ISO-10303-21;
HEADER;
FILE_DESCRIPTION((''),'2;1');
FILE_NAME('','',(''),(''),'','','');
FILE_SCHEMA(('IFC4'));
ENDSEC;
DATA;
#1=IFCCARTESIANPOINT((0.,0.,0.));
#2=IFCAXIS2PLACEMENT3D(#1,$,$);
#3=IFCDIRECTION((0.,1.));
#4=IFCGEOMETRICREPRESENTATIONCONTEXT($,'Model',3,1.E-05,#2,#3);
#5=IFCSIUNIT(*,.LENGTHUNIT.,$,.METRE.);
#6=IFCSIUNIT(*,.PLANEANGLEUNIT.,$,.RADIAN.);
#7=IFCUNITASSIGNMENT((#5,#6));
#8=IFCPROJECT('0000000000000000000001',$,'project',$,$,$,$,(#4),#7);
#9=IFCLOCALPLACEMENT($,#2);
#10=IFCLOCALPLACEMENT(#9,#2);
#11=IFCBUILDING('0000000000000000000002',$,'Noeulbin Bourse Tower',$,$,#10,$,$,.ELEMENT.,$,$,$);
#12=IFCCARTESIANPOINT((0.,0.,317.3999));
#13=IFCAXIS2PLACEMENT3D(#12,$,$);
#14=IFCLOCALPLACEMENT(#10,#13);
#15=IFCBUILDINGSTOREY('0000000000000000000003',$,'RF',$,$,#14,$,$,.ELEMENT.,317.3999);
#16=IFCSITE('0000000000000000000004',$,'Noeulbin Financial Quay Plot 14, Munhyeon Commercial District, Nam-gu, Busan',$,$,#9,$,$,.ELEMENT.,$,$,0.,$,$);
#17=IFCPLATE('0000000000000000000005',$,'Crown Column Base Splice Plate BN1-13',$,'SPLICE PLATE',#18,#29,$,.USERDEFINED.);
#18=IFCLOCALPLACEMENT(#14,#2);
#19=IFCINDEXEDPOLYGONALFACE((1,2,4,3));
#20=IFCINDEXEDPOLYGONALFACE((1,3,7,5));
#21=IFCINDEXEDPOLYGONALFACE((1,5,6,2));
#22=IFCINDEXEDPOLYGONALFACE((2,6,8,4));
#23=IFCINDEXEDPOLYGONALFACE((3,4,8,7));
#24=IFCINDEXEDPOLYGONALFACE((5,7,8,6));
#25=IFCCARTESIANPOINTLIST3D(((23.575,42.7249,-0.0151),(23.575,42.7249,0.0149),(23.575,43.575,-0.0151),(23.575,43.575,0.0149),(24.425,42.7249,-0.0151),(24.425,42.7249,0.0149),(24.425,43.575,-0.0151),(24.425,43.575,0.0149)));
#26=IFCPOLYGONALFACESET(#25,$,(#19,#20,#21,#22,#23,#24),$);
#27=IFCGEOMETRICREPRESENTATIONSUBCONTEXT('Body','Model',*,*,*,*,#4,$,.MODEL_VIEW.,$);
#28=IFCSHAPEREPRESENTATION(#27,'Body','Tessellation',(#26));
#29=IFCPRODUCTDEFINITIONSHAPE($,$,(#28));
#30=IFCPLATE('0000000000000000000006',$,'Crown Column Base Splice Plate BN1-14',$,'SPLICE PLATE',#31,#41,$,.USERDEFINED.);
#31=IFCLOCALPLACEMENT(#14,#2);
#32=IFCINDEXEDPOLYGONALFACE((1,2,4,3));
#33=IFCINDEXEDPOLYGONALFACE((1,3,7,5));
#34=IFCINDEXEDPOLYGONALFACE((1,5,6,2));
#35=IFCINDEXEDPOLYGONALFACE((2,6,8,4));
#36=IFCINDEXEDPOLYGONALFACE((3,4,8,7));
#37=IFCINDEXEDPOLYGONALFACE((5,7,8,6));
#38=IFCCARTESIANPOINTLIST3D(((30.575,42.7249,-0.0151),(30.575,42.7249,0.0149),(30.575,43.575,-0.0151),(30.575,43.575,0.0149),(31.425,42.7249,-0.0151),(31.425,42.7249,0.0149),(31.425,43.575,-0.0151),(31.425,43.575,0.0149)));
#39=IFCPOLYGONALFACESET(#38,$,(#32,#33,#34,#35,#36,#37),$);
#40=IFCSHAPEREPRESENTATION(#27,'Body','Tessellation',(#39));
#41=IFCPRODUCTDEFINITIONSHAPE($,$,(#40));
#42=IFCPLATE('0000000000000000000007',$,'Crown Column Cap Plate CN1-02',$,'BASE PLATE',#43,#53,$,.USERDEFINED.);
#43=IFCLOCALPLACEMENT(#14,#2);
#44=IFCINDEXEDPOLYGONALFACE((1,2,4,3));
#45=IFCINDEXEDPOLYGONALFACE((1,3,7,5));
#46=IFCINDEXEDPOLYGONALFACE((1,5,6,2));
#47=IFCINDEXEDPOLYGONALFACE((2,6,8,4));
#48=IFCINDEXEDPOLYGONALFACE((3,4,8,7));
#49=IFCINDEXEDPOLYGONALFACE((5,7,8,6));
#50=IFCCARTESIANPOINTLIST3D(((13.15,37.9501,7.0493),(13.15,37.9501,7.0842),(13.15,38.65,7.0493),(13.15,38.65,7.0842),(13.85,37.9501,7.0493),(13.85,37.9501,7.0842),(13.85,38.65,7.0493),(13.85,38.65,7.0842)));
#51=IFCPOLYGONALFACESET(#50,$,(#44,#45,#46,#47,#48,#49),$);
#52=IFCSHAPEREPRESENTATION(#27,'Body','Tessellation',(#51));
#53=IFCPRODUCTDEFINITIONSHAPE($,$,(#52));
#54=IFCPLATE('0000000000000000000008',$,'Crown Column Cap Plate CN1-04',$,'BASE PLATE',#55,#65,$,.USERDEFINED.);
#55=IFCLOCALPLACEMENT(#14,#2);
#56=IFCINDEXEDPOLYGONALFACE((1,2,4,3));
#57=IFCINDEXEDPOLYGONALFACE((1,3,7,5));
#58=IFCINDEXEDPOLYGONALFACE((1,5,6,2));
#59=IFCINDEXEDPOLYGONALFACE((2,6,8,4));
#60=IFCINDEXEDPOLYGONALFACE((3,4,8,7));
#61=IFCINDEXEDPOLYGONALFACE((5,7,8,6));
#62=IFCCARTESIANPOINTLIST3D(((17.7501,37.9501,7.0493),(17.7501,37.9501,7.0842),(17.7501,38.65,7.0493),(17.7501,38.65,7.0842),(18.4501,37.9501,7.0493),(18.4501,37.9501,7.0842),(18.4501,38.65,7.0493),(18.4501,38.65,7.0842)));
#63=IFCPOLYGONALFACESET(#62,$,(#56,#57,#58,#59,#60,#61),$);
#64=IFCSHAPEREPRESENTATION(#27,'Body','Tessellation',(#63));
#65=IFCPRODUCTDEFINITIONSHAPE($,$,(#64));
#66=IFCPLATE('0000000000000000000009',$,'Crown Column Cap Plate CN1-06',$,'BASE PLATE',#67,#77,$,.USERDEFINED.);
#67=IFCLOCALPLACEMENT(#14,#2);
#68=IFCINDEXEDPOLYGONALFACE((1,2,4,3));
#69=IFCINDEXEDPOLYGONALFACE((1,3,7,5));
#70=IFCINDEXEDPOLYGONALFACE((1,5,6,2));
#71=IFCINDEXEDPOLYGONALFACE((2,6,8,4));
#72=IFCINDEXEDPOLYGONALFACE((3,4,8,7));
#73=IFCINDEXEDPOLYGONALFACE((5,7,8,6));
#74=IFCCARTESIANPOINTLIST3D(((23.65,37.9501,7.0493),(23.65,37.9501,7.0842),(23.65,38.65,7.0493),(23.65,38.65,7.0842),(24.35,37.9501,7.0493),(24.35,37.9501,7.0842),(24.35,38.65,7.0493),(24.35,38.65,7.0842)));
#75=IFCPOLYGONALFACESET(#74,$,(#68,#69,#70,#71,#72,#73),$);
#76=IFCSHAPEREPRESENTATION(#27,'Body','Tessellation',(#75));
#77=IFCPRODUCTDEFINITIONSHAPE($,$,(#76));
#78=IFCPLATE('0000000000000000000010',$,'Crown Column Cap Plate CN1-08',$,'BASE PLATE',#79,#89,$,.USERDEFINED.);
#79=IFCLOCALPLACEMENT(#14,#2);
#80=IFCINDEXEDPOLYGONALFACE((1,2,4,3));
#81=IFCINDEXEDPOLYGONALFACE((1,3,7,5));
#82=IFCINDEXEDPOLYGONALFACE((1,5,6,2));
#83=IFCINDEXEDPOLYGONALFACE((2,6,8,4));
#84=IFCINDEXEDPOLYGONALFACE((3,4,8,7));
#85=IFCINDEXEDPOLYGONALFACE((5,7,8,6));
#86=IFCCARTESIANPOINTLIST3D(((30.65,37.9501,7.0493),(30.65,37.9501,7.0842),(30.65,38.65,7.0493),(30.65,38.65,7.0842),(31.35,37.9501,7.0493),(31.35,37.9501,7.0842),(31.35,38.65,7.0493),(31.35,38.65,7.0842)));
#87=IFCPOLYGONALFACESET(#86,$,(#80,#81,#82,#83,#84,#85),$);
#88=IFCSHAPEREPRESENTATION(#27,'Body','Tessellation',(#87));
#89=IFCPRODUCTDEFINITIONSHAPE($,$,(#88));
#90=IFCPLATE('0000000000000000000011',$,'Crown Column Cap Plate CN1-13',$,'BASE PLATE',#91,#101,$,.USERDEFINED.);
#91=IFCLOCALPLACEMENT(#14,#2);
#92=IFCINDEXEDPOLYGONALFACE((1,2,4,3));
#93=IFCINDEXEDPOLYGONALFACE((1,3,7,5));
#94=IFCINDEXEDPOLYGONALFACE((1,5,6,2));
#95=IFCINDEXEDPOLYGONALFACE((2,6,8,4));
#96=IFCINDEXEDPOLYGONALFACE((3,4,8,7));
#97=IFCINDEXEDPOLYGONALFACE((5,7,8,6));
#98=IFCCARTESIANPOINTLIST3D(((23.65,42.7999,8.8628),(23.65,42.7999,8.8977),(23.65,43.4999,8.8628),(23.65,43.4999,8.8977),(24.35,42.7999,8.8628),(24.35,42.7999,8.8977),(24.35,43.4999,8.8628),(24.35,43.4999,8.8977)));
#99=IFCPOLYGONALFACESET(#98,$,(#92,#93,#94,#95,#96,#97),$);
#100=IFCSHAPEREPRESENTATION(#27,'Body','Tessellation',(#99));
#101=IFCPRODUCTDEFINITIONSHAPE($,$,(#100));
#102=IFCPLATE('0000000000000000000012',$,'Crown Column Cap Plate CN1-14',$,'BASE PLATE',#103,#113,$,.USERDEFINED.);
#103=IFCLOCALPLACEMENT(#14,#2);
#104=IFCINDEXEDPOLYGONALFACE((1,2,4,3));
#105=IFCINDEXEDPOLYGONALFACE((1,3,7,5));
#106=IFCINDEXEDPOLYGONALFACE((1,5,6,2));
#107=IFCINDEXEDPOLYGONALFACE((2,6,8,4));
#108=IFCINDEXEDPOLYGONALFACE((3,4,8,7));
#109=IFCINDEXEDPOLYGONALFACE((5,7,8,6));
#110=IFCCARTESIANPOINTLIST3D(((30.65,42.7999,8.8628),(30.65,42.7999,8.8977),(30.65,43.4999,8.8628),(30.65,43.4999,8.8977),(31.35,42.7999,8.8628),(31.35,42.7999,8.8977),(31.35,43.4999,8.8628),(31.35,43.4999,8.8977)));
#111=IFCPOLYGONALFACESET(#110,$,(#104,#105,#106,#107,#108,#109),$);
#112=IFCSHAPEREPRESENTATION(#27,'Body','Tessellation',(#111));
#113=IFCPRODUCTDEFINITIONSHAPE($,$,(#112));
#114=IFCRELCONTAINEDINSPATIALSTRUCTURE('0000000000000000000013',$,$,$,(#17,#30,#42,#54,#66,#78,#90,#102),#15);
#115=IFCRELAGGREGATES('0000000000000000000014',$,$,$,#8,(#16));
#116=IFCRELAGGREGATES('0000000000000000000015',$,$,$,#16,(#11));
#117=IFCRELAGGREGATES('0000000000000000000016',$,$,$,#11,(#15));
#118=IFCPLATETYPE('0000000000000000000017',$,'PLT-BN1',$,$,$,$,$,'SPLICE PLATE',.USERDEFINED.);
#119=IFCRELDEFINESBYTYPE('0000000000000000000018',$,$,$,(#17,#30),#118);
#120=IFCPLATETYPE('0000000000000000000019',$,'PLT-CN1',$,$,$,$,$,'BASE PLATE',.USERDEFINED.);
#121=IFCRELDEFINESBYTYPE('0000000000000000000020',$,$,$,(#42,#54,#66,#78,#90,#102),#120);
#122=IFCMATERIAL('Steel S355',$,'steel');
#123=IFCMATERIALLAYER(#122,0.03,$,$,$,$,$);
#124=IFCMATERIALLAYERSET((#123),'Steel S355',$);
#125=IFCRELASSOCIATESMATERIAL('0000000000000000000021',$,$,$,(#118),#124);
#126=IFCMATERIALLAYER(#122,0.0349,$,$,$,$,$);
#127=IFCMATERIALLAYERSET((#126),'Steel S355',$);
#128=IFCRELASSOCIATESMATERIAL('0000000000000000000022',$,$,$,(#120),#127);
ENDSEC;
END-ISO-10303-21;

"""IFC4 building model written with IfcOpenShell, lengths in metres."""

from ifc_helpers import new_model, si_unit, direction, frame, origin, origin_2d, place, context, subcontext, project, spatial, rectangle, extrude, material, layer, layer_set, type_object, element, save


model = new_model("IFC4")

# Units and contexts
model_context = context("Model", 3, precision=1e-05, world=origin(), true_north=direction((0.0, 1.0)))
body_context = subcontext(model_context, "Body", "Model", "MODEL_VIEW")
ifc_project = project(units=[si_unit("LENGTHUNIT", "METRE"), si_unit("PLANEANGLEUNIT", "RADIAN")], contexts=[model_context])

# Site, building, storey
site_placement = place(None, origin())
site = spatial("IfcSite", under=ifc_project, at=site_placement, Name="Noeulbin Financial Quay Plot 14, Munhyeon Commercial District, Nam-gu, Busan", CompositionType="ELEMENT", RefElevation=0.0)
building_placement = place(site_placement, origin())
building = spatial("IfcBuilding", under=site, at=building_placement, Name="Noeulbin Bourse Tower", CompositionType="ELEMENT")
storey_placement = place(building_placement, frame((0.0, 0.0, 317.3999)))
storey = spatial("IfcBuildingStorey", under=building, at=storey_placement, Name="RF", CompositionType="ELEMENT", Elevation=317.3999)

# Shared definitions
ifc_material_1 = material(Name="Steel S355", Category="steel")

# Plates
ifc_layer_1 = layer(ifc_material_1, 0.03)
ifc_layer_set_1 = layer_set([ifc_layer_1], Name="Steel S355")
plate_type_1 = type_object("IfcPlateType", Name="PLT-BN1", ElementType="SPLICE PLATE", PredefinedType="USERDEFINED", material=ifc_layer_set_1)
for number, where, z_axis, x_axis, name in (
    (1, (24.0, 43.1499, -0.0151), (0.0, 0.0, 1.0), (1.0, 0.0, 0.0), "Crown Column Base Splice Plate BN1-13"),
    (2, (31.0, 43.1499, -0.0151), (0.0, 0.0, 1.0), (1.0, 0.0, 0.0), "Crown Column Base Splice Plate BN1-14"),
):
    element("IfcPlate", number, at=place(storey_placement, frame(where, z_axis=z_axis, x_axis=x_axis)), inside=storey, type_object=plate_type_1, Name=name, ObjectType="SPLICE PLATE", PredefinedType="USERDEFINED", context=body_context, shape_type="SweptSolid", body=[
        extrude(rectangle(XDim=0.8501, YDim=0.8501, at=origin_2d()), origin(), (0.0, 0.0, 1.0), 0.03),
    ])
ifc_layer_2 = layer(ifc_material_1, 0.0349)
ifc_layer_set_2 = layer_set([ifc_layer_2], Name="Steel S355")
plate_type_2 = type_object("IfcPlateType", Name="PLT-CN1", ElementType="BASE PLATE", PredefinedType="USERDEFINED", material=ifc_layer_set_2)
for number, where, z_axis, x_axis, name in (
    (3, (13.5, 38.3, 7.0493), (0.0, 0.0, 1.0), (1.0, 0.0, 0.0), "Crown Column Cap Plate CN1-02"),
    (4, (18.1001, 38.3, 7.0493), (0.0, 0.0, 1.0), (1.0, 0.0, 0.0), "Crown Column Cap Plate CN1-04"),
    (5, (24.0, 38.3, 7.0493), (0.0, 0.0, 1.0), (1.0, 0.0, 0.0), "Crown Column Cap Plate CN1-06"),
    (6, (31.0, 38.3, 7.0493), (0.0, 0.0, 1.0), (1.0, 0.0, 0.0), "Crown Column Cap Plate CN1-08"),
    (7, (24.0, 43.1499, 8.8628), (0.0, 0.0, 1.0), (1.0, 0.0, 0.0), "Crown Column Cap Plate CN1-13"),
    (8, (31.0, 43.1499, 8.8628), (0.0, 0.0, 1.0), (1.0, 0.0, 0.0), "Crown Column Cap Plate CN1-14"),
):
    element("IfcPlate", number, at=place(storey_placement, frame(where, z_axis=z_axis, x_axis=x_axis)), inside=storey, type_object=plate_type_2, Name=name, ObjectType="BASE PLATE", PredefinedType="USERDEFINED", context=body_context, shape_type="SweptSolid", body=[
        extrude(rectangle(XDim=0.7, YDim=0.7, at=origin_2d()), origin(), (0.0, 0.0, 1.0), 0.0349),
    ])

save(model, "model.ifc")
